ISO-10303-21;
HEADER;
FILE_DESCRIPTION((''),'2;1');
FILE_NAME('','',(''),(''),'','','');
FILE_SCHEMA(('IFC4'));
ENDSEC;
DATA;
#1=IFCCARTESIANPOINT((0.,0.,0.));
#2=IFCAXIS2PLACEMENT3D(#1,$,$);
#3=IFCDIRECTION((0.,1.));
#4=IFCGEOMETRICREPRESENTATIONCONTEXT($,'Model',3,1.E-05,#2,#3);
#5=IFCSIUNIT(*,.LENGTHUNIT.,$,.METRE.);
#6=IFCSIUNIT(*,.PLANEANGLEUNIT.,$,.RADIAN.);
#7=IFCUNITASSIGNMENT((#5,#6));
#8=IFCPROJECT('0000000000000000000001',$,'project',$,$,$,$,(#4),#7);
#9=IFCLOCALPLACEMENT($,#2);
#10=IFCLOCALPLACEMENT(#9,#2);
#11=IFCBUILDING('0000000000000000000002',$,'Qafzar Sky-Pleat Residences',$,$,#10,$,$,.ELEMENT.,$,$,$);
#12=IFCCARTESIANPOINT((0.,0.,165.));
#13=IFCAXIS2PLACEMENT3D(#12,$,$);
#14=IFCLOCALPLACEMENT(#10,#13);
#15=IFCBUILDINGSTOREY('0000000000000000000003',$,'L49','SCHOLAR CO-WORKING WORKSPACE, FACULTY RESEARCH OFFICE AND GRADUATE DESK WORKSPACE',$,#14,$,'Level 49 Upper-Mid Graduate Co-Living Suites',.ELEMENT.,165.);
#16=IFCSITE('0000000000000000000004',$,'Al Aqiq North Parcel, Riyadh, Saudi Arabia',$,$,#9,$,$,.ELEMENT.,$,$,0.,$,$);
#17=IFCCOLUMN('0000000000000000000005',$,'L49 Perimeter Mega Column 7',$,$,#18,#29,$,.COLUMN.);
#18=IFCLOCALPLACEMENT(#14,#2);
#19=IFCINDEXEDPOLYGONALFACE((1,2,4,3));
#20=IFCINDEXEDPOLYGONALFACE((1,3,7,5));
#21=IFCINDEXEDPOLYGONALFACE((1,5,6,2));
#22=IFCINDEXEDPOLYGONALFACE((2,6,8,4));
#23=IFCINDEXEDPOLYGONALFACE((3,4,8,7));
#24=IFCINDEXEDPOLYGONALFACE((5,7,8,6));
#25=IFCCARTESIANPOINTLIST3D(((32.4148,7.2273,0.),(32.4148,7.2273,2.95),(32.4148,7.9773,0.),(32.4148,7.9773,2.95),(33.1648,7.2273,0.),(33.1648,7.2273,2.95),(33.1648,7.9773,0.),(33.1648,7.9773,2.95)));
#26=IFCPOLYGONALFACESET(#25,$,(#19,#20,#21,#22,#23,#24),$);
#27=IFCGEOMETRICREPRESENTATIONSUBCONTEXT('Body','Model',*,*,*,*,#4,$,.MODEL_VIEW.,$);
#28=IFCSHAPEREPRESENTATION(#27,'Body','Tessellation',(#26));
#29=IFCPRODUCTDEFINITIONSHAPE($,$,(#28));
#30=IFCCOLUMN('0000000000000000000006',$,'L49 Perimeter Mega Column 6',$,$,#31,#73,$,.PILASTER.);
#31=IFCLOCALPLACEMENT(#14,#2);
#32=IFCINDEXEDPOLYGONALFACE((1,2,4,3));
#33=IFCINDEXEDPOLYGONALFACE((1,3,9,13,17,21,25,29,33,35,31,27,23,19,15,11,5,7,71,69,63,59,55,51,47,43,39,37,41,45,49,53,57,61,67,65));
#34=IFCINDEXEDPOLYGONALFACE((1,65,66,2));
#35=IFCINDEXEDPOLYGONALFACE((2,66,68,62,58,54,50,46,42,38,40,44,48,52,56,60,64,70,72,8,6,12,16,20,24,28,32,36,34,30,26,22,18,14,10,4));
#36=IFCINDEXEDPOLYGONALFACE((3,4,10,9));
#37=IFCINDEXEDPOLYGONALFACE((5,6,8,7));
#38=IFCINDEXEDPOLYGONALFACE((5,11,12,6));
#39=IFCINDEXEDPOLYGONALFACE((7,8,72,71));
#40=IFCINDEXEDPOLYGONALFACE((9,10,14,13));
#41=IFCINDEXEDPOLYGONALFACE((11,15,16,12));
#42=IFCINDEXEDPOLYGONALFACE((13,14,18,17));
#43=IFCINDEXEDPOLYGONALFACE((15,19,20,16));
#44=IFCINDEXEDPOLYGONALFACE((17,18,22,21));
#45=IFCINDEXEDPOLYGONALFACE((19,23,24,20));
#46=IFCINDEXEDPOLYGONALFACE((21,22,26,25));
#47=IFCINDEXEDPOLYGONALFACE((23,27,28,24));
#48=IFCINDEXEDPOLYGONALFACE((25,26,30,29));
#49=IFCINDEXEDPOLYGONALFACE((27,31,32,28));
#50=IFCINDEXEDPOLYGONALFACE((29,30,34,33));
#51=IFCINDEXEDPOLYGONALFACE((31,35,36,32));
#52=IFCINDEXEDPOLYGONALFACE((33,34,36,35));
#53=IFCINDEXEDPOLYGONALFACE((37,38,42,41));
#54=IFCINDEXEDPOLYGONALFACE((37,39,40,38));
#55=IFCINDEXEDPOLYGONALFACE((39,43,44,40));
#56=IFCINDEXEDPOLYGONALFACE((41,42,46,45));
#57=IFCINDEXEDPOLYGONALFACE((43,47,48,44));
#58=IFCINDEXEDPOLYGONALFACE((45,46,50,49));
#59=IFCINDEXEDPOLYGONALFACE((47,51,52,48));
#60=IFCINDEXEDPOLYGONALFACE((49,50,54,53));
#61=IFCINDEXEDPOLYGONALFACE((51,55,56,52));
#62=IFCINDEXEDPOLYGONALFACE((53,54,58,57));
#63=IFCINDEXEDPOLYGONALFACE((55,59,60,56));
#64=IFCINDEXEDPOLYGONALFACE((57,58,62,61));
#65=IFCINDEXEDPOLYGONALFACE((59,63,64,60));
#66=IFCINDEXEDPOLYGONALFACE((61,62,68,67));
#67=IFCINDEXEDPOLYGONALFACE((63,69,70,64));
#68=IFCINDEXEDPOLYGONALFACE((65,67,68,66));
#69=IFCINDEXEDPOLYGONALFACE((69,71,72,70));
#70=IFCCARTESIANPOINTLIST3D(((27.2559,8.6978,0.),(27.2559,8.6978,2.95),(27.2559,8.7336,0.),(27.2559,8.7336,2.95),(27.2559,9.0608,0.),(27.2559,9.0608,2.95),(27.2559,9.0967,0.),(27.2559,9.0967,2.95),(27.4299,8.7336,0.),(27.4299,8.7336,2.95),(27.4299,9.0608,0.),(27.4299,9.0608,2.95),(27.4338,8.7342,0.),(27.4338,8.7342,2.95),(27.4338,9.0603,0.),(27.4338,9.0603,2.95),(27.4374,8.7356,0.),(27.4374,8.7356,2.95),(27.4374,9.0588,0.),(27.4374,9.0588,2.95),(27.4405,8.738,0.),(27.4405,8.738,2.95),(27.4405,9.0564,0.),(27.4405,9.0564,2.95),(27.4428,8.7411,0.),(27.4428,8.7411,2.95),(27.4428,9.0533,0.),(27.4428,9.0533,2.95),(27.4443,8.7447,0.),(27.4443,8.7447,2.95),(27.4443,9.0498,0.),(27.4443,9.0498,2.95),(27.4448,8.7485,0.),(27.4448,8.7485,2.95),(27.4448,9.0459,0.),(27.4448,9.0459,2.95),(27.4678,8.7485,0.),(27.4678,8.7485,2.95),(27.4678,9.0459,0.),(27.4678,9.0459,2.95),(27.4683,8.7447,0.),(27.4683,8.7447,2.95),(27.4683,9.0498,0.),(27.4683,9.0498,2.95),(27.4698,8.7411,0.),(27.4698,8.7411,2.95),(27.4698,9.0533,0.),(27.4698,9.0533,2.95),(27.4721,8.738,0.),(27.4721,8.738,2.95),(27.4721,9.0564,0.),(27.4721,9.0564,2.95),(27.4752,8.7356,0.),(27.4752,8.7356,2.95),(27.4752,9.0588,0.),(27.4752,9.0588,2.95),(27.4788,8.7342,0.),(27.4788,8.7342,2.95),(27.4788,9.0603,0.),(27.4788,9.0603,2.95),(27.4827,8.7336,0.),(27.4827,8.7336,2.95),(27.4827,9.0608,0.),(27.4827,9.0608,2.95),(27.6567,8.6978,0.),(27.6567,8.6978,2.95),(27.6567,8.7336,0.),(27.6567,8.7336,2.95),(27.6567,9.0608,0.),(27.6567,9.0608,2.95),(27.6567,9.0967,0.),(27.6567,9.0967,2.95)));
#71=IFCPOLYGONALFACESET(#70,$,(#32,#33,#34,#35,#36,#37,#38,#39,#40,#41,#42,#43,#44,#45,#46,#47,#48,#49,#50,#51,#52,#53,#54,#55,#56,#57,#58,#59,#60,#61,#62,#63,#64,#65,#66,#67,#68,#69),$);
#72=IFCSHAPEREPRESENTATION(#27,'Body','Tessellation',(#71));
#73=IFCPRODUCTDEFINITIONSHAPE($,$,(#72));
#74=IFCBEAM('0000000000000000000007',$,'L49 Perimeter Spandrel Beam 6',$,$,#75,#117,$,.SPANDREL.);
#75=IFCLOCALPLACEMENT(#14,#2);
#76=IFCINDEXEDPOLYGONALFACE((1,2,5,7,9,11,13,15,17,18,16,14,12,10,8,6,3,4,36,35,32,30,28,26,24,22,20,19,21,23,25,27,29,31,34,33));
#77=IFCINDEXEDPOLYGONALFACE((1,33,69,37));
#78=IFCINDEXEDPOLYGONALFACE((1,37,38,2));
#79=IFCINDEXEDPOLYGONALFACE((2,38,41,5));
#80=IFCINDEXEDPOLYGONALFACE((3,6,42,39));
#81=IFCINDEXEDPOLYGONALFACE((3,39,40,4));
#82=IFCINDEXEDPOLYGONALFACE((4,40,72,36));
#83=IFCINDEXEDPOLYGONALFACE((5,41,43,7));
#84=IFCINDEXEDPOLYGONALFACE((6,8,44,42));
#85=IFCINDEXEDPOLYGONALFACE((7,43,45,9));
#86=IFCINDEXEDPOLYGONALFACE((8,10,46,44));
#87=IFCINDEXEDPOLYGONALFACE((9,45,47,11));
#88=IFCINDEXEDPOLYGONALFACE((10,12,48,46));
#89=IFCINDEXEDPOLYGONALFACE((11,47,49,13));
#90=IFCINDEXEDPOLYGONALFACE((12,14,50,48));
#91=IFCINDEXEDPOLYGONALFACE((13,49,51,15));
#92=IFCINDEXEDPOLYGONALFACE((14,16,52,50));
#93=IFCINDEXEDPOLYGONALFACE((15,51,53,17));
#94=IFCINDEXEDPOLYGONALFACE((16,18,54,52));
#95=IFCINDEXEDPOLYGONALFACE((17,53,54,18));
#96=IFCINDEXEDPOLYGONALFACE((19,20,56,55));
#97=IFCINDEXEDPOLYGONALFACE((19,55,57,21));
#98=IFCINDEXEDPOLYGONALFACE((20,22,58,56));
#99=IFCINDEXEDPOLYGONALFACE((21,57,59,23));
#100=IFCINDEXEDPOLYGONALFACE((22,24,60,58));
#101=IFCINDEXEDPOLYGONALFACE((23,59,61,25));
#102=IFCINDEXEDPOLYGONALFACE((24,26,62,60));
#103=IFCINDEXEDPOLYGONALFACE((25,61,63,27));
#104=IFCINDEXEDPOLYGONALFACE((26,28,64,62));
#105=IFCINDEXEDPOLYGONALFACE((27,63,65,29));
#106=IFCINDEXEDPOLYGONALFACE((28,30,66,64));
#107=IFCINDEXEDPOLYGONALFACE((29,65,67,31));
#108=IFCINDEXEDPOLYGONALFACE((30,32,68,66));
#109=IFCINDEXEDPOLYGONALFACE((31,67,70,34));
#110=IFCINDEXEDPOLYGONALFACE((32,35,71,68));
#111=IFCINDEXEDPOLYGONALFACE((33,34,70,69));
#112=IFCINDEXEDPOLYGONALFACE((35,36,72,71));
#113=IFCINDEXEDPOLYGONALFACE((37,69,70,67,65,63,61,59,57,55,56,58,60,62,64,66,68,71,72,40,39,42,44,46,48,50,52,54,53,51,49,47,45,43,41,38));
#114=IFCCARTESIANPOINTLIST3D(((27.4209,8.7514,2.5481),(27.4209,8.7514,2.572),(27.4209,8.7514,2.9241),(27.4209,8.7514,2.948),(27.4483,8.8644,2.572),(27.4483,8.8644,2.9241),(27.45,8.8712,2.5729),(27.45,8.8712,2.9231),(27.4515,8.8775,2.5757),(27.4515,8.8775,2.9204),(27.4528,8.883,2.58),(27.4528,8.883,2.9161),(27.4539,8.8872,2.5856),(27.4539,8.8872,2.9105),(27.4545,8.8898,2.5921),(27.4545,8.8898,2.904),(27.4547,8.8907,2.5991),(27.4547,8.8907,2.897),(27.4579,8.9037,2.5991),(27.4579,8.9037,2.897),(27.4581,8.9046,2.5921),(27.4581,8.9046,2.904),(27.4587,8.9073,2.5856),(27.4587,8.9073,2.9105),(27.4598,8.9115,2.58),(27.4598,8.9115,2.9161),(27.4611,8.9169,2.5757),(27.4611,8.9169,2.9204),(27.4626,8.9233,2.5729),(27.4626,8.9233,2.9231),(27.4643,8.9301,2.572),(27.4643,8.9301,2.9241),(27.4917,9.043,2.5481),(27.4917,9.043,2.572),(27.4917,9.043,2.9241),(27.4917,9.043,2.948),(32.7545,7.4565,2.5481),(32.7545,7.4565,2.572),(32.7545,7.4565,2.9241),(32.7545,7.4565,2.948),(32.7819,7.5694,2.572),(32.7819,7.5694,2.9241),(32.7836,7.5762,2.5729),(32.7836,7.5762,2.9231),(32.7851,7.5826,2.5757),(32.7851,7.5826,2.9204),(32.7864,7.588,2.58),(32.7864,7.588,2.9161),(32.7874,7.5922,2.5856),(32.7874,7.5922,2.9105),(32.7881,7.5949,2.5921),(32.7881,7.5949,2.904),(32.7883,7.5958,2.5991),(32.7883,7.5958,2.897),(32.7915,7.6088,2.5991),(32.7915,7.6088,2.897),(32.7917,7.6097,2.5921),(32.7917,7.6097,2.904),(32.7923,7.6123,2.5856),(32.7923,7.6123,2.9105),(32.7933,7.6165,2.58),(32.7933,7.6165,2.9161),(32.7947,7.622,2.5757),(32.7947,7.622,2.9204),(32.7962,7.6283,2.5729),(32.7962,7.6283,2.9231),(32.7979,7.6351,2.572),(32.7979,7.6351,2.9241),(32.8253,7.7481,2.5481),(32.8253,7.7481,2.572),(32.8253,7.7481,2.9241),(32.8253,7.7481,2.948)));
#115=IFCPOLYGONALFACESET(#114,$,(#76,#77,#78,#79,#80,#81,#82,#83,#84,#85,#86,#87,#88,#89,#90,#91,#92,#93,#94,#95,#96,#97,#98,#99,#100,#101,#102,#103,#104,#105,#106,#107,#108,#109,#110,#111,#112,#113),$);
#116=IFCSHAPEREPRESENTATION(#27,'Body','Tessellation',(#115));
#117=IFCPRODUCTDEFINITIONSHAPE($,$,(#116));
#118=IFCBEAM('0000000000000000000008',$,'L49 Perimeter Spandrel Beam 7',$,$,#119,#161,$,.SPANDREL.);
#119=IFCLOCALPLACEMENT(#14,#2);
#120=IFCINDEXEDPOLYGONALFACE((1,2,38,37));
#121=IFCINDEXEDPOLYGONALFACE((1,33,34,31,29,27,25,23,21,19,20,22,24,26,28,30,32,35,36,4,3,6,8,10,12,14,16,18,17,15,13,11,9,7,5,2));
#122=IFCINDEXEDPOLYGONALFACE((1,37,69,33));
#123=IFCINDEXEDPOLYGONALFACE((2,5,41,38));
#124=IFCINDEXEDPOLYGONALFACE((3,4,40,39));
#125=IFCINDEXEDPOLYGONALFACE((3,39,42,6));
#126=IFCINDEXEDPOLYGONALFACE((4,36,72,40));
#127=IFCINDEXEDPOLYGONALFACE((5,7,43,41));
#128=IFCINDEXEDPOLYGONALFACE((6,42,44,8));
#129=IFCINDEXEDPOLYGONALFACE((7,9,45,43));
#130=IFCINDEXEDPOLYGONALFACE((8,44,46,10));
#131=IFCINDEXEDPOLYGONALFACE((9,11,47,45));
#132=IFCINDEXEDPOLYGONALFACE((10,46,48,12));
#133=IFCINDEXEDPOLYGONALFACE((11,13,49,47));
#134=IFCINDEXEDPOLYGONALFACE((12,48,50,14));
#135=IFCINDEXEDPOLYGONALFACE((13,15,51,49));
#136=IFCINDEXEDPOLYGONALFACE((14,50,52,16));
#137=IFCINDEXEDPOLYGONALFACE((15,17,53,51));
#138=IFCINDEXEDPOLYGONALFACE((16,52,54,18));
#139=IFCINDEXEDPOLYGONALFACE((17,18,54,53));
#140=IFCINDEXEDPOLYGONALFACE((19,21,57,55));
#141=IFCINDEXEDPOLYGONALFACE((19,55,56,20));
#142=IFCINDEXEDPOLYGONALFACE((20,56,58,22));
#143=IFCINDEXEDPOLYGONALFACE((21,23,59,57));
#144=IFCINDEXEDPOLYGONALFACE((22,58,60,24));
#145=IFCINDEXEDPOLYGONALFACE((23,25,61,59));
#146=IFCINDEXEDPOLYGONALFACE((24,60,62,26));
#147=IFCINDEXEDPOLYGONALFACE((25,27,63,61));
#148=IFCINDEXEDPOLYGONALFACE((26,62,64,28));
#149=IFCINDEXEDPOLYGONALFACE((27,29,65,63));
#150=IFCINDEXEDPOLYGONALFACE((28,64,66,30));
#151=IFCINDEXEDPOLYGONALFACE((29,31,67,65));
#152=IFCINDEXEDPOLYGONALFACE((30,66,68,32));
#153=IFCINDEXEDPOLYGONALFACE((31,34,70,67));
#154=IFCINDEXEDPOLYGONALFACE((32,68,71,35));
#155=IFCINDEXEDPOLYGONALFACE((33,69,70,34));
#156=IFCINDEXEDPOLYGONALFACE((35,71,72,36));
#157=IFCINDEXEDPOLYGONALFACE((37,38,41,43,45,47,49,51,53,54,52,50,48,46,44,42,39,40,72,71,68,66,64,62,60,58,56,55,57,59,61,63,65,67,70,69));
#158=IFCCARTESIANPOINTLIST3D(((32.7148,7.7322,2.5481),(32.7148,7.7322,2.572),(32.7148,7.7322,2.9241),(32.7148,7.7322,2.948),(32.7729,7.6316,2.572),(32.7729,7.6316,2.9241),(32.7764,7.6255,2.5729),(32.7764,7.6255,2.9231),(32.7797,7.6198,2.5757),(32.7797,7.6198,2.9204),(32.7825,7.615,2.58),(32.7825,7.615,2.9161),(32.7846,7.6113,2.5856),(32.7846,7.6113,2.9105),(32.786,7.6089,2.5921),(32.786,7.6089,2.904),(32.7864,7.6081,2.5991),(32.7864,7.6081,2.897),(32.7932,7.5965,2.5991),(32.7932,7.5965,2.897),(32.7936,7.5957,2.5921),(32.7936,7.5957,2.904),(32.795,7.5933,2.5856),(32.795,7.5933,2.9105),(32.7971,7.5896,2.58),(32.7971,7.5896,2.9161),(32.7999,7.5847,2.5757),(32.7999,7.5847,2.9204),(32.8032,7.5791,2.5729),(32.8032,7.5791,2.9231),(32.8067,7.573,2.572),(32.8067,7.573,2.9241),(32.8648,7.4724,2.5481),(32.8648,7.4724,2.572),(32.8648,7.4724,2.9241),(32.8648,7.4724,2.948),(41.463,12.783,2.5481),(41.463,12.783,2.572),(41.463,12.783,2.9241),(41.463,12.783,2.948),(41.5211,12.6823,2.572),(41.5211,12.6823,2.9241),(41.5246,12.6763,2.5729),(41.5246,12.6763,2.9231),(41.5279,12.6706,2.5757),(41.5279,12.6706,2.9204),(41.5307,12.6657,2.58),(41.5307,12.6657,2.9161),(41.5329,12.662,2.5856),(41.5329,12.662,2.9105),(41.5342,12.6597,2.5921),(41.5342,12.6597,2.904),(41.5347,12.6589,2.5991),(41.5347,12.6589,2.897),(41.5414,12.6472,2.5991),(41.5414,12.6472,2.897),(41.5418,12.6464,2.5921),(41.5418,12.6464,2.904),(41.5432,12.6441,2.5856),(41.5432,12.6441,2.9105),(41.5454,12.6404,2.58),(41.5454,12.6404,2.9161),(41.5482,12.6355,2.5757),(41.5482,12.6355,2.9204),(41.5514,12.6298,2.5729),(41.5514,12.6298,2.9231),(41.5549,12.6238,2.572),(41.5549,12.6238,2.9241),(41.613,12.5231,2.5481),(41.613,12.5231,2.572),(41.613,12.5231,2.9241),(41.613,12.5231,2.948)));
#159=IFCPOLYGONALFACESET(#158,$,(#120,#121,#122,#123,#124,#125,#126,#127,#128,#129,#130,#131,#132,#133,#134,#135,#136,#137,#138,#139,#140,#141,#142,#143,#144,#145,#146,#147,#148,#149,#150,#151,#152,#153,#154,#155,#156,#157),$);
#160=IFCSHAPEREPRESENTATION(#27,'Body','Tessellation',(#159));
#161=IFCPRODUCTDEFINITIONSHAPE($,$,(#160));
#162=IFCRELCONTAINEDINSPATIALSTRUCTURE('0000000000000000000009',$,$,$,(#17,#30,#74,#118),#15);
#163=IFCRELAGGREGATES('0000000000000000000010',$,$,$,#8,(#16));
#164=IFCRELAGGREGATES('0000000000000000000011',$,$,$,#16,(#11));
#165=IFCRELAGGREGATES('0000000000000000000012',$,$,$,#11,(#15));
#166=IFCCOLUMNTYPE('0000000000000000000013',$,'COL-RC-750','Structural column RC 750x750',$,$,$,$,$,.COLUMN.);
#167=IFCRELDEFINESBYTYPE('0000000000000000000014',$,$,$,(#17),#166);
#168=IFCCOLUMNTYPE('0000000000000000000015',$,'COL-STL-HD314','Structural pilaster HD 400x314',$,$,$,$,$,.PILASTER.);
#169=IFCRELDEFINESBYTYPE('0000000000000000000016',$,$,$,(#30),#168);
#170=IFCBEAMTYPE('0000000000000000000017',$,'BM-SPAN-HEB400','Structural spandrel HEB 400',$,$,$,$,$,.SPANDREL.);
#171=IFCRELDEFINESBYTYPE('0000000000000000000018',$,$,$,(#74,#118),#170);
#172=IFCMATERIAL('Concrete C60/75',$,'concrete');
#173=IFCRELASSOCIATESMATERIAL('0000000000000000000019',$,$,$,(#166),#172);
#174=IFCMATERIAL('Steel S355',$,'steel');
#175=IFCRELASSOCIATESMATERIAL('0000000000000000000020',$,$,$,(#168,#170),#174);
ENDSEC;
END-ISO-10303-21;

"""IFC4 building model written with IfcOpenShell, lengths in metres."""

from ifc_helpers import new_model, si_unit, direction, frame, origin, origin_2d, place, context, subcontext, project, spatial, rectangle, i_section, extrude, source, transform, mapped, material, material_profile, profile_set, type_object, element, save


model = new_model("IFC4")

# Units and contexts
model_context = context("Model", 3, precision=1e-05, world=origin(), true_north=direction((0.0, 1.0)))
body_context = subcontext(model_context, "Body", "Model", "MODEL_VIEW")
ifc_project = project(units=[si_unit("LENGTHUNIT", "METRE"), si_unit("PLANEANGLEUNIT", "RADIAN")], contexts=[model_context])

# Site, building, storey
site_placement = place(None, origin())
site = spatial("IfcSite", under=ifc_project, at=site_placement, Name="Al Aqiq North Parcel, Riyadh, Saudi Arabia", CompositionType="ELEMENT", RefElevation=0.0)
building_placement = place(site_placement, origin())
building = spatial("IfcBuilding", under=site, at=building_placement, Name="Qafzar Sky-Pleat Residences", CompositionType="ELEMENT")
storey_placement = place(building_placement, frame((0.0, 0.0, 165.0)))
storey = spatial("IfcBuildingStorey", under=building, at=storey_placement, Name="L49", Description="SCHOLAR CO-WORKING WORKSPACE, FACULTY RESEARCH OFFICE AND GRADUATE DESK WORKSPACE", LongName="Level 49 Upper-Mid Graduate Co-Living Suites", CompositionType="ELEMENT", Elevation=165.0)

# Columns
ifc_material_1 = material(Name="Concrete C60/75", Category="concrete")
ifc_material_profile_1 = material_profile(ifc_material_1, rectangle(XDim=0.75, YDim=0.75, at=origin_2d()), Name="RC 750x750")
ifc_profile_set_1 = profile_set([ifc_material_profile_1], Name="Concrete C60/75")
column_type_1 = type_object("IfcColumnType", Name="COL-RC-750", Description="Structural column RC 750x750", PredefinedType="COLUMN", material=ifc_profile_set_1)
shared_shape_1 = source(origin(), body_context, "Body", "SweptSolid", [
    extrude(rectangle(XDim=0.75, YDim=0.75, at=origin_2d()), origin(), (0.0, 0.0, 1.0), 2.95),
])
column_1_placement = place(storey_placement, frame((32.7898, 7.6023, 0.0), z_axis=(0.0, 0.0, 1.0), x_axis=(1.0, 0.0, 0.0)))
element("IfcColumn", 1, at=column_1_placement, inside=storey, type_object=column_type_1, Name="L49 Perimeter Mega Column 7", PredefinedType="COLUMN", context=body_context, shape_type="MappedRepresentation", body=[
    mapped(shared_shape_1, transform((0.0, 0.0, 0.0), x_axis=(1.0, 0.0, 0.0), y_axis=(0.0, 1.0, 0.0), z_axis=(0.0, 0.0, 1.0), scale=1.0)),
])
ifc_material_2 = material(Name="Steel S355", Category="steel")
ifc_material_profile_2 = material_profile(ifc_material_2, i_section(OverallWidth=0.4009, OverallDepth=0.3989, WebThickness=0.0229, FlangeThickness=0.0359, FilletRadius=0.0149, at=origin_2d()), Name="HD 400x314")
ifc_profile_set_2 = profile_set([ifc_material_profile_2], Name="Steel S355")
column_type_2 = type_object("IfcColumnType", Name="COL-STL-HD314", Description="Structural pilaster HD 400x314", PredefinedType="PILASTER", material=ifc_profile_set_2)
shared_shape_2 = source(origin(), body_context, "Body", "SweptSolid", [
    extrude(i_section(OverallWidth=0.4009, OverallDepth=0.3989, WebThickness=0.0229, FlangeThickness=0.0359, FilletRadius=0.0149, at=origin_2d()), origin(), (0.0, 0.0, 1.0), 2.95),
])
column_2_placement = place(storey_placement, frame((27.4563, 8.8972, 0.0), z_axis=(0.0, 0.0, 1.0), x_axis=(1.0, 0.0, 0.0)))
element("IfcColumn", 2, at=column_2_placement, inside=storey, type_object=column_type_2, Name="L49 Perimeter Mega Column 6", PredefinedType="PILASTER", context=body_context, shape_type="MappedRepresentation", body=[
    mapped(shared_shape_2, transform((0.0, 0.0, 0.0), x_axis=(1.0, 0.0, 0.0), y_axis=(0.0, 1.0, 0.0), z_axis=(0.0, 0.0, 1.0), scale=1.0)),
])

# Beams
ifc_material_profile_3 = material_profile(ifc_material_2, i_section(OverallWidth=0.3, OverallDepth=0.3999, WebThickness=0.0134, FlangeThickness=0.0239, FilletRadius=0.0271, at=origin_2d()), Name="HEB 400")
ifc_profile_set_3 = profile_set([ifc_material_profile_3], Name="Steel S355")
beam_type_1 = type_object("IfcBeamType", Name="BM-SPAN-HEB400", Description="Structural spandrel HEB 400", PredefinedType="SPANDREL", material=ifc_profile_set_3)
shared_shape_3 = source(origin(), body_context, "Body", "SweptSolid", [
    extrude(i_section(OverallWidth=0.3, OverallDepth=0.3999, WebThickness=0.0134, FlangeThickness=0.0239, FilletRadius=0.0271, at=origin_2d()), origin(), (0.0, 0.0, 1.0), 5.4885),
])
beam_1_placement = place(storey_placement, frame((27.4563, 8.8972, 2.748), z_axis=(0.971769, -0.235936, 0.0), x_axis=(0.235936, 0.971769, 0.0)))
element("IfcBeam", 3, at=beam_1_placement, inside=storey, type_object=beam_type_1, Name="L49 Perimeter Spandrel Beam 6", PredefinedType="SPANDREL", context=body_context, shape_type="MappedRepresentation", body=[
    mapped(shared_shape_3, transform((0.0, 0.0, 0.0), x_axis=(1.0, 0.0, 0.0), y_axis=(0.0, 1.0, 0.0), z_axis=(0.0, 0.0, 1.0), scale=1.0)),
])
shared_shape_4 = source(origin(), body_context, "Body", "SweptSolid", [
    extrude(i_section(OverallWidth=0.3, OverallDepth=0.3999, WebThickness=0.0134, FlangeThickness=0.0239, FilletRadius=0.0271, at=origin_2d()), origin(), (0.0, 0.0, 1.0), 10.1016),
])
beam_2_placement = place(storey_placement, frame((32.7898, 7.6023, 2.748), z_axis=(0.866027, 0.499997, 0.0), x_axis=(-0.499997, 0.866027, 0.0)))
element("IfcBeam", 4, at=beam_2_placement, inside=storey, type_object=beam_type_1, Name="L49 Perimeter Spandrel Beam 7", PredefinedType="SPANDREL", context=body_context, shape_type="MappedRepresentation", body=[
    mapped(shared_shape_4, transform((0.0, 0.0, 0.0), x_axis=(1.0, 0.0, 0.0), y_axis=(0.0, 1.0, 0.0), z_axis=(0.0, 0.0, 1.0), scale=1.0)),
])

save(model, "model.ifc")
